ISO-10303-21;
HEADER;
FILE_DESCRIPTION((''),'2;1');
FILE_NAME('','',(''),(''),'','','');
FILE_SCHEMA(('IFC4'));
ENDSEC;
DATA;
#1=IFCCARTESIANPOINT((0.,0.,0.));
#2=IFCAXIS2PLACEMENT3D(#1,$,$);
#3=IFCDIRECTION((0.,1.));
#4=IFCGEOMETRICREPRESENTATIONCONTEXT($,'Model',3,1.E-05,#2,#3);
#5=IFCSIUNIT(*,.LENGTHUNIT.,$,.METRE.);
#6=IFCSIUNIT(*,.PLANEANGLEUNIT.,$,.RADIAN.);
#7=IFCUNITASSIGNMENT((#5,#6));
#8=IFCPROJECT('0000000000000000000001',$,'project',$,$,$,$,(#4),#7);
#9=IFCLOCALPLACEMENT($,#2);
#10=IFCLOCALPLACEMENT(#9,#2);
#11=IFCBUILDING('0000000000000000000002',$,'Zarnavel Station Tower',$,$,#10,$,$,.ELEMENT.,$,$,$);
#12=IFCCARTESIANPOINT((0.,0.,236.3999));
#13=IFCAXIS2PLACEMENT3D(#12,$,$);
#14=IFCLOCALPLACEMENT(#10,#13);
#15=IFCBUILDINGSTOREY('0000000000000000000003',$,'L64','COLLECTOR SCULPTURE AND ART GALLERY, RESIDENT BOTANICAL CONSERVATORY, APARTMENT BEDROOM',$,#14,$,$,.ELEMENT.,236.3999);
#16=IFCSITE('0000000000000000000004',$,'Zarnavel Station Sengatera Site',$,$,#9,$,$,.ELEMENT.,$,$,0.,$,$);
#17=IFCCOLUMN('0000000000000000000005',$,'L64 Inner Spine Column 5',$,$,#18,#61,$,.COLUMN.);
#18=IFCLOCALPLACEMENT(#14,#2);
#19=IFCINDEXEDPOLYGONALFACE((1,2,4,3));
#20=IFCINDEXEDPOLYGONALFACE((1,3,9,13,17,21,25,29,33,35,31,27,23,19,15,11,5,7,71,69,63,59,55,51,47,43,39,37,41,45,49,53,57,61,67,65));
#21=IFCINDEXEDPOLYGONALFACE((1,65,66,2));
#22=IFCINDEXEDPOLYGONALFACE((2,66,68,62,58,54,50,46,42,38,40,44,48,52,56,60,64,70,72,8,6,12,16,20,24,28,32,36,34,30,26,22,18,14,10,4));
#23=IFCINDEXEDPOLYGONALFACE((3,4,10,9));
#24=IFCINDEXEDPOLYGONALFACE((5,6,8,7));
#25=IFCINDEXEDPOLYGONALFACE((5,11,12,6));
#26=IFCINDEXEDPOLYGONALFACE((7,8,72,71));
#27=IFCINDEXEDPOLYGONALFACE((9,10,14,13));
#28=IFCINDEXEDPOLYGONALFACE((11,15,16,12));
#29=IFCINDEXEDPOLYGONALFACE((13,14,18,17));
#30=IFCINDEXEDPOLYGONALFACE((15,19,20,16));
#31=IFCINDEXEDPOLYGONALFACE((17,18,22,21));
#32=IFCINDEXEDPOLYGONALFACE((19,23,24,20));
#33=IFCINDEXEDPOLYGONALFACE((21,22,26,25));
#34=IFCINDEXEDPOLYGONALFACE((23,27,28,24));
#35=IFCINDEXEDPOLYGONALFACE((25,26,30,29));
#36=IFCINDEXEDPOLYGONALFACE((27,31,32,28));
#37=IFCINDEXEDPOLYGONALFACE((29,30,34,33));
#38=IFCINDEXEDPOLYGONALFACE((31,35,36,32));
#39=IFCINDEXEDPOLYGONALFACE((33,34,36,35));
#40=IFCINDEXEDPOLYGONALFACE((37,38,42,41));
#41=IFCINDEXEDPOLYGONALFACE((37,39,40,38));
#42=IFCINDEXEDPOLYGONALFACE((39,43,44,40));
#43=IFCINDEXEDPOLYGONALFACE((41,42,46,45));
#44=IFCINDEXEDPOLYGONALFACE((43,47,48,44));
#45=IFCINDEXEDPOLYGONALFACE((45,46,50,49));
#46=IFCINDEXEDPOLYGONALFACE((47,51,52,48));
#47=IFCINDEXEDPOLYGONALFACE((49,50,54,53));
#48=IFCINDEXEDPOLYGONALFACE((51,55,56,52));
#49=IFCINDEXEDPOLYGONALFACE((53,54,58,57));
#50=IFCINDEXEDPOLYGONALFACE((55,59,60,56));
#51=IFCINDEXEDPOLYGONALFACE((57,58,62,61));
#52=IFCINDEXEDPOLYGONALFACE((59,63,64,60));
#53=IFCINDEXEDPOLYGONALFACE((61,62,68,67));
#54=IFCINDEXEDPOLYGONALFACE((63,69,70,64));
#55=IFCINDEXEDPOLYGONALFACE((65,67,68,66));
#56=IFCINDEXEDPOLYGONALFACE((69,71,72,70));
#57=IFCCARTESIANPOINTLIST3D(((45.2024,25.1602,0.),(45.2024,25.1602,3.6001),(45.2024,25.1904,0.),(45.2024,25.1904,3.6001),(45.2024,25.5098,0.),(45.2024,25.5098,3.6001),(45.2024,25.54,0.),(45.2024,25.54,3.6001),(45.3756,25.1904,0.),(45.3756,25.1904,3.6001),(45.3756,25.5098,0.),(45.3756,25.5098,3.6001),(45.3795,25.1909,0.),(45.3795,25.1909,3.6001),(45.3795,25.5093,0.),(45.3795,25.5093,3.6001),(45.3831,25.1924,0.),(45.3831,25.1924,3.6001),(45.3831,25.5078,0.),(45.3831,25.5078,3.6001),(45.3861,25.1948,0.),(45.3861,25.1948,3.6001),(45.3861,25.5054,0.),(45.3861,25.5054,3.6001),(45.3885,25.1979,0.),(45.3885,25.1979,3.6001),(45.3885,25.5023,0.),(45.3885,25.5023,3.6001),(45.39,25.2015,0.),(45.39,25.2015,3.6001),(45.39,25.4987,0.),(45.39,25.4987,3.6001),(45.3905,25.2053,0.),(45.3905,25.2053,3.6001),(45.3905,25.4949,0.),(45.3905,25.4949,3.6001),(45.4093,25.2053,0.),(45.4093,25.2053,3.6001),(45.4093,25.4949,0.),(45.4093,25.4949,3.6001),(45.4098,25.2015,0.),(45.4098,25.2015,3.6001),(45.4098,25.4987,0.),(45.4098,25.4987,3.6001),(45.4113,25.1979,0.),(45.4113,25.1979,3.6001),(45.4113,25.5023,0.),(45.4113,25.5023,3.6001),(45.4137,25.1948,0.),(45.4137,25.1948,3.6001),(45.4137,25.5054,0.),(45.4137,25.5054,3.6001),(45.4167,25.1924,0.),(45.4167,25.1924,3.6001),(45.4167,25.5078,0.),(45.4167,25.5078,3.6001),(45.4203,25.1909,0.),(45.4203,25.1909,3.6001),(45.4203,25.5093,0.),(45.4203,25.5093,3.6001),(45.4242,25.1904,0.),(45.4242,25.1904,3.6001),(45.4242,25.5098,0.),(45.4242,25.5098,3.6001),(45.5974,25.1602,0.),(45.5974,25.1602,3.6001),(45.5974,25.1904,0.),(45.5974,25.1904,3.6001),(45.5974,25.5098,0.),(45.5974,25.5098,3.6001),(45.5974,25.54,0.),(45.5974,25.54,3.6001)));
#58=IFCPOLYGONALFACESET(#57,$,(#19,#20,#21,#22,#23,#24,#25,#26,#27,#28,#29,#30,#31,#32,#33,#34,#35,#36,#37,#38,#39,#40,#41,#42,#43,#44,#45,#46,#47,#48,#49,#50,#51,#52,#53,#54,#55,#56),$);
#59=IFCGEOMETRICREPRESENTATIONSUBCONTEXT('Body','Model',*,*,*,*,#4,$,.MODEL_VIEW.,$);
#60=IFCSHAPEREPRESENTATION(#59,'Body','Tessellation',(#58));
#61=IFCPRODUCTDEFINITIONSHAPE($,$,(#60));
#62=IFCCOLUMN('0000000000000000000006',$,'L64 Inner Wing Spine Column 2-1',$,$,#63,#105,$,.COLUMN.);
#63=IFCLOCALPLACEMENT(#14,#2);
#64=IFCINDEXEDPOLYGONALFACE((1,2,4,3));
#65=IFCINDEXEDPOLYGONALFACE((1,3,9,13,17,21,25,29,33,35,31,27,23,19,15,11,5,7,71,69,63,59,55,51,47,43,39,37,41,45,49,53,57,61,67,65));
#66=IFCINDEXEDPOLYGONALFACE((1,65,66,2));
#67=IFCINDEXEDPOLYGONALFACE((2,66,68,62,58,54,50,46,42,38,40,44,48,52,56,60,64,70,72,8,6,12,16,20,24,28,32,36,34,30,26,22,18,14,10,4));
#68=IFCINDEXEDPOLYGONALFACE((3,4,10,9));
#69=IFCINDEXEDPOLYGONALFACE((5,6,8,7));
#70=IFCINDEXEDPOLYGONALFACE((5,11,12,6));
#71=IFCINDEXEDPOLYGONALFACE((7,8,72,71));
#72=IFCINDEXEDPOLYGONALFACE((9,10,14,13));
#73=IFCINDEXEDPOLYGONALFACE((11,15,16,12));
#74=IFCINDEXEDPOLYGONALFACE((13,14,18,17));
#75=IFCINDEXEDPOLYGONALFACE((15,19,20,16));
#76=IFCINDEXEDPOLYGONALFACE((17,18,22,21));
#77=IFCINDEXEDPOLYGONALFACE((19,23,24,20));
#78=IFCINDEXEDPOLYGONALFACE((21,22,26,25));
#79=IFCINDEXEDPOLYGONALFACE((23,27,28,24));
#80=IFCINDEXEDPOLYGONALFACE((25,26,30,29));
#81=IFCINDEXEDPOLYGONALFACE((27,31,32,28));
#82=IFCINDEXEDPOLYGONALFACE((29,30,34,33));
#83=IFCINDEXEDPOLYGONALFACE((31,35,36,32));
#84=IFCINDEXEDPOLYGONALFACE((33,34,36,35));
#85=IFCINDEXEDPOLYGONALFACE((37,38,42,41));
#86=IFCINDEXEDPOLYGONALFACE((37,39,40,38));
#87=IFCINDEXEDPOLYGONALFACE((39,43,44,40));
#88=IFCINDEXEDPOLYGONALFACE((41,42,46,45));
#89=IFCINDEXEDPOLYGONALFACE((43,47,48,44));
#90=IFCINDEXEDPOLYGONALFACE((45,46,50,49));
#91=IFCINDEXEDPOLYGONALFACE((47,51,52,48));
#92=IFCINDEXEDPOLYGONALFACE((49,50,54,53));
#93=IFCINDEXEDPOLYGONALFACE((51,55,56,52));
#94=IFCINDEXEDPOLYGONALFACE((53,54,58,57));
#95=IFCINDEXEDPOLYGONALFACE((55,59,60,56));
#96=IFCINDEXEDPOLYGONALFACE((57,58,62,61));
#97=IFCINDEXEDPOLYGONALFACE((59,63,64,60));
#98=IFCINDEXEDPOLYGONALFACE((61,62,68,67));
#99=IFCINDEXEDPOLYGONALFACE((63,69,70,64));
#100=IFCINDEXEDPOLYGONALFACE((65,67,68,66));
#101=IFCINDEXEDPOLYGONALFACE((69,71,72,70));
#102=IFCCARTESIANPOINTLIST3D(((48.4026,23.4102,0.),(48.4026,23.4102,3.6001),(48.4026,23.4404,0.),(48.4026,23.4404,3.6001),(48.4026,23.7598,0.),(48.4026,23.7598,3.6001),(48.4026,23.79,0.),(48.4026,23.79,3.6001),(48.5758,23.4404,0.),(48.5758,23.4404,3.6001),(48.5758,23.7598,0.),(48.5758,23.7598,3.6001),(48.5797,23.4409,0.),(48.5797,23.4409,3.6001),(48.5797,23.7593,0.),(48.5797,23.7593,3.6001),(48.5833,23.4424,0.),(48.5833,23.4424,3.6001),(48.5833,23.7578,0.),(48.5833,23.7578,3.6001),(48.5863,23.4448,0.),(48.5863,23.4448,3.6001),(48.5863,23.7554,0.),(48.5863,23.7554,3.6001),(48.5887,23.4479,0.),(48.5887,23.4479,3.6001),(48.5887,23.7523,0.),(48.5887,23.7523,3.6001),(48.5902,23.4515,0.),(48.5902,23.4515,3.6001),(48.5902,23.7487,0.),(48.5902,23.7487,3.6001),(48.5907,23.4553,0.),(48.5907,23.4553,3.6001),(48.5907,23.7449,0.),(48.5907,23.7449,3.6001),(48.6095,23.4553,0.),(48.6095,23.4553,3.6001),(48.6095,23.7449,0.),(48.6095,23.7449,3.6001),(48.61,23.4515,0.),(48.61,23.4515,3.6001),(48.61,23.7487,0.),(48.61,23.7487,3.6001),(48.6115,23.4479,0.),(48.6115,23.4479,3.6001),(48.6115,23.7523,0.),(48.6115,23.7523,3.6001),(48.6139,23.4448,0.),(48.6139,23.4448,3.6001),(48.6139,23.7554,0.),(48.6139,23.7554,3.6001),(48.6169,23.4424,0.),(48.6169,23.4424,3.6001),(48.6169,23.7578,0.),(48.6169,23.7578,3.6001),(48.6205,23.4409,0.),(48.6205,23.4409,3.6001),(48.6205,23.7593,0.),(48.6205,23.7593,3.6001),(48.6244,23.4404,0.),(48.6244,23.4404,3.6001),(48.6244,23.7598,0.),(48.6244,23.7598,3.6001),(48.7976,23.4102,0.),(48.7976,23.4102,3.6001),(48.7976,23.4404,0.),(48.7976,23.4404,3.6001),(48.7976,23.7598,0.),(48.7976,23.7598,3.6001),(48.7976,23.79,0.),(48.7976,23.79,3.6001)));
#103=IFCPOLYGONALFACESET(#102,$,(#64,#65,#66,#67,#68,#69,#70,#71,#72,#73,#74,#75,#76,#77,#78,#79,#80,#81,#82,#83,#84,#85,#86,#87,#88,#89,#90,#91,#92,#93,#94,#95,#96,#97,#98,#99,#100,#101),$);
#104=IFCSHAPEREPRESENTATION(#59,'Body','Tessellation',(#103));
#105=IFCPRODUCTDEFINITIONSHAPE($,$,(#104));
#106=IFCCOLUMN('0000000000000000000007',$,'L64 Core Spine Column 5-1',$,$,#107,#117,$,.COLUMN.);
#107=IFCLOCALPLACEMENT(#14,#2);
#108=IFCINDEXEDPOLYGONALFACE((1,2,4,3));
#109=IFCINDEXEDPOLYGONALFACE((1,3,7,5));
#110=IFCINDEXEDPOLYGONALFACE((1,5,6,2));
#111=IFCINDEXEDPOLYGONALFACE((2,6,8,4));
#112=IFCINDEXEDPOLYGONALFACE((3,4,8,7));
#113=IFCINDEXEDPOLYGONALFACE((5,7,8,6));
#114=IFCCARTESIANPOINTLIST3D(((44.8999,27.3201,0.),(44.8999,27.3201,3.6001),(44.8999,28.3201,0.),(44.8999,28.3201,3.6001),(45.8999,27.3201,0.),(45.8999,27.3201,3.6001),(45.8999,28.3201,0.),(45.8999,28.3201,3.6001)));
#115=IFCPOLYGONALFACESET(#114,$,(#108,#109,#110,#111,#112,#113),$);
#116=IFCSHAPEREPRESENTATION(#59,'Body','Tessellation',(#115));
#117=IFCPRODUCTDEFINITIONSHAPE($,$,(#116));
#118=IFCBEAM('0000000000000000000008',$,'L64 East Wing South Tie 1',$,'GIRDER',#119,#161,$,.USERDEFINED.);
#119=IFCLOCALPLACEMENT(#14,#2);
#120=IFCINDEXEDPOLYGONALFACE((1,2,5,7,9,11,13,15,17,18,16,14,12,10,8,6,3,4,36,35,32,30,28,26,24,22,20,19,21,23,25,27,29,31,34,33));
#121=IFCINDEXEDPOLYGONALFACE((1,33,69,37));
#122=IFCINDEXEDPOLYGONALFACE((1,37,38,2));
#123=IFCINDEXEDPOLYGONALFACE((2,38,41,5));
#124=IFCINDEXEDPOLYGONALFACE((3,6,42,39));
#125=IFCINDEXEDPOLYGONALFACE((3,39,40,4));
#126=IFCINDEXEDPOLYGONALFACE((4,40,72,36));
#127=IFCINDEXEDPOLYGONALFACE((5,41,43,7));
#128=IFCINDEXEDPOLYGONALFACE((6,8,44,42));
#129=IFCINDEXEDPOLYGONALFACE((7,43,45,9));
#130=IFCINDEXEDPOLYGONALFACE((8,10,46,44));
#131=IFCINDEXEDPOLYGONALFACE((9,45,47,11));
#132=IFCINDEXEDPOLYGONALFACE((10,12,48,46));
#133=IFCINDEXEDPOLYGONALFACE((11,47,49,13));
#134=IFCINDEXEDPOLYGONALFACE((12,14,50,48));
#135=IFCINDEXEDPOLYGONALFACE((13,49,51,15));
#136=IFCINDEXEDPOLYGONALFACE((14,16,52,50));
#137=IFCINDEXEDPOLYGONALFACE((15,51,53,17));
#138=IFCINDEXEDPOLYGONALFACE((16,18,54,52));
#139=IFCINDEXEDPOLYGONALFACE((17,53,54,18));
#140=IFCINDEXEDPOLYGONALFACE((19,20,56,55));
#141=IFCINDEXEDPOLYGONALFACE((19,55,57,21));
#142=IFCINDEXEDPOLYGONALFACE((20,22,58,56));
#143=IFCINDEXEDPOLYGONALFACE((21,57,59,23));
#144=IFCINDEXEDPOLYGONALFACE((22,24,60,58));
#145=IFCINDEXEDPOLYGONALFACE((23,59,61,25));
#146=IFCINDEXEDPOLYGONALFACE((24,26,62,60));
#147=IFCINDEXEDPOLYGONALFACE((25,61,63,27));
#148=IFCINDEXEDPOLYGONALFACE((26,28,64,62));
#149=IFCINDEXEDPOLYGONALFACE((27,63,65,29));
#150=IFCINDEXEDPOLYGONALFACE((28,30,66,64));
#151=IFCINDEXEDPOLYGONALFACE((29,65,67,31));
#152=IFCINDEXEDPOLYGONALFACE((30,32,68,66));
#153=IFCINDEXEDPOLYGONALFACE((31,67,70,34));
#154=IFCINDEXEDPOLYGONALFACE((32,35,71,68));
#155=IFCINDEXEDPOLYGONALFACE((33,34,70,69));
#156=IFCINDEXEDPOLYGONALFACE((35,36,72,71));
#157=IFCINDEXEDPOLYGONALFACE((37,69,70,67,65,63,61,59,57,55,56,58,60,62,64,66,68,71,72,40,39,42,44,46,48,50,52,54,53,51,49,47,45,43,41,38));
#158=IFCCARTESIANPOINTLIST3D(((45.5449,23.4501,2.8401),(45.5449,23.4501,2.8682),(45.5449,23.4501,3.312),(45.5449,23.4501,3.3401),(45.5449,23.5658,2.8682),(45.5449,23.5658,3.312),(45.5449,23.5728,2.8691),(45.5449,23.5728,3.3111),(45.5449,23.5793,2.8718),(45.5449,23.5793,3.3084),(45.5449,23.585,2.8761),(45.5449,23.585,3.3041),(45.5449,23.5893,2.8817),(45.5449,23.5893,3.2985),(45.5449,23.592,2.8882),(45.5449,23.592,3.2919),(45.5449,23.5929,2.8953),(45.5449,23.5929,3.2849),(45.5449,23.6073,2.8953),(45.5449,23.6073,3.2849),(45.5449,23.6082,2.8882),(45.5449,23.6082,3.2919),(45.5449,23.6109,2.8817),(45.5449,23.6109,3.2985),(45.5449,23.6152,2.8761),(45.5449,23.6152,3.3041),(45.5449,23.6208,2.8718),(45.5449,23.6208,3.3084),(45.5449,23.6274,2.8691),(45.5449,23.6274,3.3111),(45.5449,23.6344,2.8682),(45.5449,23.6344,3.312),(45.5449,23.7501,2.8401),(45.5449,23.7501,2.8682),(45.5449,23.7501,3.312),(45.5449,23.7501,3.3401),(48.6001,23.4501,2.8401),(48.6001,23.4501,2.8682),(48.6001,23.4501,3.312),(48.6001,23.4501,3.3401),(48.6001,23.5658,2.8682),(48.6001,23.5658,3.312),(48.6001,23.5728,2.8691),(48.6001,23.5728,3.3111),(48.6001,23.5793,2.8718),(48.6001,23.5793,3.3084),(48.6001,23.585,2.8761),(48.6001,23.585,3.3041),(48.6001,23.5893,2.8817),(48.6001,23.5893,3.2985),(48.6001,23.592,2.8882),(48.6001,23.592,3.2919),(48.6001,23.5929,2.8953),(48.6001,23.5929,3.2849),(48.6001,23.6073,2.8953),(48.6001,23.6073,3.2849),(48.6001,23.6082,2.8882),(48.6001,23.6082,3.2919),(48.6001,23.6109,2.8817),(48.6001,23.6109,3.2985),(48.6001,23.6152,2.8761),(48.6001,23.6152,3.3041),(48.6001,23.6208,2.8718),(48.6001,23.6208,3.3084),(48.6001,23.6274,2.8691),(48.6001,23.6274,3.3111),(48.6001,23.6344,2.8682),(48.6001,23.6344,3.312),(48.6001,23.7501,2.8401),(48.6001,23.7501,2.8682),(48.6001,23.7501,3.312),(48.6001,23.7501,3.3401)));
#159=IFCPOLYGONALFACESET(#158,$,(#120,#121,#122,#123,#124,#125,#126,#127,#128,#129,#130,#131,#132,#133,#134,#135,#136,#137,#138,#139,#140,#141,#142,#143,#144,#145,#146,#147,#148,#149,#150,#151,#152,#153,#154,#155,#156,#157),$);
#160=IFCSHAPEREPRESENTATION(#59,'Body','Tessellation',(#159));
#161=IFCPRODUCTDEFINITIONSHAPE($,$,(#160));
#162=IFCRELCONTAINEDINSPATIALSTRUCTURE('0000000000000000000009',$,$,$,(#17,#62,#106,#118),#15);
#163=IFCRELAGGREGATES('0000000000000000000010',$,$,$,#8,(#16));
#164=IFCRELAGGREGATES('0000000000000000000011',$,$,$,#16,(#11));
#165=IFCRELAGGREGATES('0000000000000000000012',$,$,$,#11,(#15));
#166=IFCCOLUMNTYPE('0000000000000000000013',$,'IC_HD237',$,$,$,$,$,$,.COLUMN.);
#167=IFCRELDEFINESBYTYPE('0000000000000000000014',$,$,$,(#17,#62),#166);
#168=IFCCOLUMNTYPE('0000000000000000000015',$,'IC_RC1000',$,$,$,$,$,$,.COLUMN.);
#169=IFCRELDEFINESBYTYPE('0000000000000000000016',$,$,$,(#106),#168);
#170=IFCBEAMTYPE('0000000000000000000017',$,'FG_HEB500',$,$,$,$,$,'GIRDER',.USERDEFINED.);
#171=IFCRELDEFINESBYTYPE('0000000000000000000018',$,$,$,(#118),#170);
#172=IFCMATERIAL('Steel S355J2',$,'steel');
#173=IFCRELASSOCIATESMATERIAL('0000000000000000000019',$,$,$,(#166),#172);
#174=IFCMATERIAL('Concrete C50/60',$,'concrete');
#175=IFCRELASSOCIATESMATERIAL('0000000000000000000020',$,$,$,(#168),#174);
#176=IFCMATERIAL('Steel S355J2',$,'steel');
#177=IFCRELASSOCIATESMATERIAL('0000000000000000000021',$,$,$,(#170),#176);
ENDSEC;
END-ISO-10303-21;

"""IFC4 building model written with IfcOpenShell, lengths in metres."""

from ifc_helpers import new_model, si_unit, direction, frame, origin, origin_2d, place, context, subcontext, project, spatial, rectangle, i_section, extrude, material, material_profile, profile_set, type_object, element, save


model = new_model("IFC4")

# Units and contexts
model_context = context("Model", 3, precision=1e-05, world=origin(), true_north=direction((0.0, 1.0)))
body_context = subcontext(model_context, "Body", "Model", "MODEL_VIEW")
ifc_project = project(units=[si_unit("LENGTHUNIT", "METRE"), si_unit("PLANEANGLEUNIT", "RADIAN")], contexts=[model_context])

# Site, building, storey
site_placement = place(None, origin())
site = spatial("IfcSite", under=ifc_project, at=site_placement, Name="Zarnavel Station Sengatera Site", CompositionType="ELEMENT", RefElevation=0.0)
building_placement = place(site_placement, origin())
building = spatial("IfcBuilding", under=site, at=building_placement, Name="Zarnavel Station Tower", CompositionType="ELEMENT")
storey_placement = place(building_placement, frame((0.0, 0.0, 236.3999)))
storey = spatial("IfcBuildingStorey", under=building, at=storey_placement, Name="L64", Description="COLLECTOR SCULPTURE AND ART GALLERY, RESIDENT BOTANICAL CONSERVATORY, APARTMENT BEDROOM", CompositionType="ELEMENT", Elevation=236.3999)

# Columns
ifc_material_1 = material(Name="Steel S355J2", Category="steel")
ifc_material_profile_1 = material_profile(ifc_material_1, i_section(OverallWidth=0.395, OverallDepth=0.3799, WebThickness=0.0188, FlangeThickness=0.0303, FilletRadius=0.0149, at=origin_2d()), Name="HD400x237")
ifc_profile_set_1 = profile_set([ifc_material_profile_1], Name="Steel S355J2")
column_type_1 = type_object("IfcColumnType", Name="IC_HD237", PredefinedType="COLUMN", material=ifc_profile_set_1)
for number, where, z_axis, x_axis, name in (
    (1, (45.3999, 25.3501, 0.0), (0.0, 0.0, 1.0), (1.0, 0.0, 0.0), "L64 Inner Spine Column 5"),
    (2, (48.6001, 23.6001, 0.0), (0.0, 0.0, 1.0), (1.0, 0.0, 0.0), "L64 Inner Wing Spine Column 2-1"),
):
    element("IfcColumn", number, at=place(storey_placement, frame(where, z_axis=z_axis, x_axis=x_axis)), inside=storey, type_object=column_type_1, Name=name, PredefinedType="COLUMN", context=body_context, shape_type="SweptSolid", body=[
        extrude(i_section(OverallWidth=0.395, OverallDepth=0.3799, WebThickness=0.0188, FlangeThickness=0.0303, FilletRadius=0.0149, at=origin_2d()), origin(), (0.0, 0.0, 1.0), 3.6001),
    ])
ifc_material_2 = material(Name="Concrete C50/60", Category="concrete")
ifc_material_profile_2 = material_profile(ifc_material_2, rectangle(XDim=1.0, YDim=1.0, at=origin_2d()), Name="RC1000x1000")
ifc_profile_set_2 = profile_set([ifc_material_profile_2], Name="Concrete C50/60")
column_type_2 = type_object("IfcColumnType", Name="IC_RC1000", PredefinedType="COLUMN", material=ifc_profile_set_2)
column_placement = place(storey_placement, frame((45.3999, 27.8201, 0.0), z_axis=(0.0, 0.0, 1.0), x_axis=(1.0, 0.0, 0.0)))
element("IfcColumn", 3, at=column_placement, inside=storey, type_object=column_type_2, Name="L64 Core Spine Column 5-1", PredefinedType="COLUMN", context=body_context, shape_type="SweptSolid", body=[
    extrude(rectangle(XDim=1.0, YDim=1.0, at=origin_2d()), origin(), (0.0, 0.0, 1.0), 3.6001),
])

# Beam
ifc_material_3 = material(Name="Steel S355J2", Category="steel")
ifc_material_profile_3 = material_profile(ifc_material_3, i_section(OverallWidth=0.3, OverallDepth=0.5, WebThickness=0.0144, FlangeThickness=0.0281, FilletRadius=0.0271, at=origin_2d()), Name="HEB500")
ifc_profile_set_3 = profile_set([ifc_material_profile_3], Name="Steel S355J2")
beam_type_1 = type_object("IfcBeamType", Name="FG_HEB500", ElementType="GIRDER", PredefinedType="USERDEFINED", material=ifc_profile_set_3)
beam_1_placement = place(storey_placement, frame((45.5449, 23.6001, 3.0901), z_axis=(1.0, 0.0, 0.0), x_axis=(0.0, 1.0, 0.0)))
element("IfcBeam", 4, at=beam_1_placement, inside=storey, type_object=beam_type_1, Name="L64 East Wing South Tie 1", ObjectType="GIRDER", PredefinedType="USERDEFINED", context=body_context, shape_type="SweptSolid", body=[
    extrude(i_section(OverallWidth=0.3, OverallDepth=0.5, WebThickness=0.0144, FlangeThickness=0.0281, FilletRadius=0.0271, at=origin_2d()), origin(), (0.0, 0.0, 1.0), 3.0552),
])

save(model, "model.ifc")
